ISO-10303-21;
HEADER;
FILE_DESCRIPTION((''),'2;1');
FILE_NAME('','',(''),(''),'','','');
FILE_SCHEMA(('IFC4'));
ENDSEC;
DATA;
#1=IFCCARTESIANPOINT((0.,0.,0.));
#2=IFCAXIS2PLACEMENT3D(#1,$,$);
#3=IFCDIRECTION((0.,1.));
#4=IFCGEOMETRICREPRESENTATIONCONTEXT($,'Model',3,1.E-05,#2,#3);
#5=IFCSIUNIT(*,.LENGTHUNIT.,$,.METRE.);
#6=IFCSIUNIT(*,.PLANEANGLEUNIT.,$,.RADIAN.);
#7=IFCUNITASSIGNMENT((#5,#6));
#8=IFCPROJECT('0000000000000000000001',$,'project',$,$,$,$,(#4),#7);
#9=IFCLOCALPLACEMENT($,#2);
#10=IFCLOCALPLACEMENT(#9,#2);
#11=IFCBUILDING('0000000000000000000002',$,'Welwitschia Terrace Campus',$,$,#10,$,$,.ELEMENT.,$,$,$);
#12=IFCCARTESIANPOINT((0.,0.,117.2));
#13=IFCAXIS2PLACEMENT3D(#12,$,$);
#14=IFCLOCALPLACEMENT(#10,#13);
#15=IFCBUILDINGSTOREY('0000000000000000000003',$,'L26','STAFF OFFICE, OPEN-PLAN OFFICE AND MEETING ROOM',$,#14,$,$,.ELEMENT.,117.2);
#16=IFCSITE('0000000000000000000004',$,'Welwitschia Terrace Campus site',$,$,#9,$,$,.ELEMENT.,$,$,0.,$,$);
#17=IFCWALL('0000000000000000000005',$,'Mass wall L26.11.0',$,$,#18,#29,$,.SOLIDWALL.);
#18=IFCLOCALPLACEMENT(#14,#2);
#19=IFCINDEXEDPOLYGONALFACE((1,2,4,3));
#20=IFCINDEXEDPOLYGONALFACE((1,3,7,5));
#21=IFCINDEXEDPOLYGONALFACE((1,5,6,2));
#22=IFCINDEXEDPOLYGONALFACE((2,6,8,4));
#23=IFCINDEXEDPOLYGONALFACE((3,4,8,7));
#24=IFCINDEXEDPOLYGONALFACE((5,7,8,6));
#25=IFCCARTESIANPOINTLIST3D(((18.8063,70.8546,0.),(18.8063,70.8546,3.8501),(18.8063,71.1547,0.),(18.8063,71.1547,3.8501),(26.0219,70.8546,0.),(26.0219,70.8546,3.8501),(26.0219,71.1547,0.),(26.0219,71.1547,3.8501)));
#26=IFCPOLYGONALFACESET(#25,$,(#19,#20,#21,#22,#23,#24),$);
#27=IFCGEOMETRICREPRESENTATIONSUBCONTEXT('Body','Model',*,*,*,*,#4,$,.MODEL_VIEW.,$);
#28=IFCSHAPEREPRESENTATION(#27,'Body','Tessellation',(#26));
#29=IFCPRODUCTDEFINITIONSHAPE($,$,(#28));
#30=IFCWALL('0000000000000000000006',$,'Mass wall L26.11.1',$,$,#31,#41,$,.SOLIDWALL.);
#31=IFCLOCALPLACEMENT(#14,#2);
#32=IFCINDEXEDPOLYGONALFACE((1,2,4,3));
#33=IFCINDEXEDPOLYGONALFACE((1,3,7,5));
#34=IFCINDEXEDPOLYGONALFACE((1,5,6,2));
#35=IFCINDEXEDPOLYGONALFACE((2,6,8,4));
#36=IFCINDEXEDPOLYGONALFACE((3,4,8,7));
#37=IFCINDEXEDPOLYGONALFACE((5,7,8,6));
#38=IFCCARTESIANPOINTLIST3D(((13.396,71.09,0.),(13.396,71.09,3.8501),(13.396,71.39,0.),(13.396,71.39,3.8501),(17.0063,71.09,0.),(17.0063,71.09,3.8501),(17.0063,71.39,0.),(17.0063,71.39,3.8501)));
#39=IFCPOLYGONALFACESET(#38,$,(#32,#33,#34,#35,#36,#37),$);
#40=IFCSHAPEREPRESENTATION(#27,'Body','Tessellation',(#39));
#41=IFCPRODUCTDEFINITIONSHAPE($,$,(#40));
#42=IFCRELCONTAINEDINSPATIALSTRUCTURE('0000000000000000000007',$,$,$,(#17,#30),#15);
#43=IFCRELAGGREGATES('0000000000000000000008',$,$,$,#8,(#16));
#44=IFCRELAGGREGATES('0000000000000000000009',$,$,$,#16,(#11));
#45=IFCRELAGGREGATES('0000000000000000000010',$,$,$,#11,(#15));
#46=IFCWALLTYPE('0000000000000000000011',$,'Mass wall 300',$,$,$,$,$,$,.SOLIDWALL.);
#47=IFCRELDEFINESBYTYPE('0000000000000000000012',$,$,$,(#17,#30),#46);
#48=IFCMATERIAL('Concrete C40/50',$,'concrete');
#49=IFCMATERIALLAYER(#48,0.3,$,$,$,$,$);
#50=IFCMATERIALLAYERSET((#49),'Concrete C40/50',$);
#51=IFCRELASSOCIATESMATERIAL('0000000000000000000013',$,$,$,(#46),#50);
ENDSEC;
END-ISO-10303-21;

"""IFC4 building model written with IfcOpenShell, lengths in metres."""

from ifc_helpers import new_model, si_unit, direction, frame, frame_2d, origin, place, context, subcontext, project, spatial, rectangle, extrude, material, layer, layer_set, type_object, element, save


model = new_model("IFC4")

# Units and contexts
model_context = context("Model", 3, precision=1e-05, world=origin(), true_north=direction((0.0, 1.0)))
body_context = subcontext(model_context, "Body", "Model", "MODEL_VIEW")
ifc_project = project(units=[si_unit("LENGTHUNIT", "METRE"), si_unit("PLANEANGLEUNIT", "RADIAN")], contexts=[model_context])

# Site, building, storey
site_placement = place(None, origin())
site = spatial("IfcSite", under=ifc_project, at=site_placement, Name="Welwitschia Terrace Campus site", CompositionType="ELEMENT", RefElevation=0.0)
building_placement = place(site_placement, origin())
building = spatial("IfcBuilding", under=site, at=building_placement, Name="Welwitschia Terrace Campus", CompositionType="ELEMENT")
storey_placement = place(building_placement, frame((0.0, 0.0, 117.2)))
storey = spatial("IfcBuildingStorey", under=building, at=storey_placement, Name="L26", Description="STAFF OFFICE, OPEN-PLAN OFFICE AND MEETING ROOM", CompositionType="ELEMENT", Elevation=117.2)

# Walls
ifc_material_1 = material(Name="Concrete C40/50", Category="concrete")
ifc_layer_1 = layer(ifc_material_1, 0.3)
ifc_layer_set_1 = layer_set([ifc_layer_1], Name="Concrete C40/50")
wall_type_1 = type_object("IfcWallType", Name="Mass wall 300", PredefinedType="SOLIDWALL", material=ifc_layer_set_1)
wall_1_placement = place(storey_placement, frame((26.022, 71.0046, 0.0), z_axis=(0.0, 0.0, 1.0), x_axis=(-1.0, 0.0, 0.0)))
element("IfcWall", 1, at=wall_1_placement, inside=storey, type_object=wall_type_1, Name="Mass wall L26.11.0", PredefinedType="SOLIDWALL", context=body_context, shape_type="SweptSolid", body=[
    extrude(rectangle(XDim=7.2156, YDim=0.3, at=frame_2d((3.6079, 0.0))), origin(), (0.0, 0.0, 1.0), 3.8501),
])
wall_2_placement = place(storey_placement, frame((17.0063, 71.24, 0.0), z_axis=(0.0, 0.0, 1.0), x_axis=(-1.0, 0.0, 0.0)))
element("IfcWall", 2, at=wall_2_placement, inside=storey, type_object=wall_type_1, Name="Mass wall L26.11.1", PredefinedType="SOLIDWALL", context=body_context, shape_type="SweptSolid", body=[
    extrude(rectangle(XDim=3.6104, YDim=0.3, at=frame_2d((1.8052, 0.0))), origin(), (0.0, 0.0, 1.0), 3.8501),
])

save(model, "model.ifc")
